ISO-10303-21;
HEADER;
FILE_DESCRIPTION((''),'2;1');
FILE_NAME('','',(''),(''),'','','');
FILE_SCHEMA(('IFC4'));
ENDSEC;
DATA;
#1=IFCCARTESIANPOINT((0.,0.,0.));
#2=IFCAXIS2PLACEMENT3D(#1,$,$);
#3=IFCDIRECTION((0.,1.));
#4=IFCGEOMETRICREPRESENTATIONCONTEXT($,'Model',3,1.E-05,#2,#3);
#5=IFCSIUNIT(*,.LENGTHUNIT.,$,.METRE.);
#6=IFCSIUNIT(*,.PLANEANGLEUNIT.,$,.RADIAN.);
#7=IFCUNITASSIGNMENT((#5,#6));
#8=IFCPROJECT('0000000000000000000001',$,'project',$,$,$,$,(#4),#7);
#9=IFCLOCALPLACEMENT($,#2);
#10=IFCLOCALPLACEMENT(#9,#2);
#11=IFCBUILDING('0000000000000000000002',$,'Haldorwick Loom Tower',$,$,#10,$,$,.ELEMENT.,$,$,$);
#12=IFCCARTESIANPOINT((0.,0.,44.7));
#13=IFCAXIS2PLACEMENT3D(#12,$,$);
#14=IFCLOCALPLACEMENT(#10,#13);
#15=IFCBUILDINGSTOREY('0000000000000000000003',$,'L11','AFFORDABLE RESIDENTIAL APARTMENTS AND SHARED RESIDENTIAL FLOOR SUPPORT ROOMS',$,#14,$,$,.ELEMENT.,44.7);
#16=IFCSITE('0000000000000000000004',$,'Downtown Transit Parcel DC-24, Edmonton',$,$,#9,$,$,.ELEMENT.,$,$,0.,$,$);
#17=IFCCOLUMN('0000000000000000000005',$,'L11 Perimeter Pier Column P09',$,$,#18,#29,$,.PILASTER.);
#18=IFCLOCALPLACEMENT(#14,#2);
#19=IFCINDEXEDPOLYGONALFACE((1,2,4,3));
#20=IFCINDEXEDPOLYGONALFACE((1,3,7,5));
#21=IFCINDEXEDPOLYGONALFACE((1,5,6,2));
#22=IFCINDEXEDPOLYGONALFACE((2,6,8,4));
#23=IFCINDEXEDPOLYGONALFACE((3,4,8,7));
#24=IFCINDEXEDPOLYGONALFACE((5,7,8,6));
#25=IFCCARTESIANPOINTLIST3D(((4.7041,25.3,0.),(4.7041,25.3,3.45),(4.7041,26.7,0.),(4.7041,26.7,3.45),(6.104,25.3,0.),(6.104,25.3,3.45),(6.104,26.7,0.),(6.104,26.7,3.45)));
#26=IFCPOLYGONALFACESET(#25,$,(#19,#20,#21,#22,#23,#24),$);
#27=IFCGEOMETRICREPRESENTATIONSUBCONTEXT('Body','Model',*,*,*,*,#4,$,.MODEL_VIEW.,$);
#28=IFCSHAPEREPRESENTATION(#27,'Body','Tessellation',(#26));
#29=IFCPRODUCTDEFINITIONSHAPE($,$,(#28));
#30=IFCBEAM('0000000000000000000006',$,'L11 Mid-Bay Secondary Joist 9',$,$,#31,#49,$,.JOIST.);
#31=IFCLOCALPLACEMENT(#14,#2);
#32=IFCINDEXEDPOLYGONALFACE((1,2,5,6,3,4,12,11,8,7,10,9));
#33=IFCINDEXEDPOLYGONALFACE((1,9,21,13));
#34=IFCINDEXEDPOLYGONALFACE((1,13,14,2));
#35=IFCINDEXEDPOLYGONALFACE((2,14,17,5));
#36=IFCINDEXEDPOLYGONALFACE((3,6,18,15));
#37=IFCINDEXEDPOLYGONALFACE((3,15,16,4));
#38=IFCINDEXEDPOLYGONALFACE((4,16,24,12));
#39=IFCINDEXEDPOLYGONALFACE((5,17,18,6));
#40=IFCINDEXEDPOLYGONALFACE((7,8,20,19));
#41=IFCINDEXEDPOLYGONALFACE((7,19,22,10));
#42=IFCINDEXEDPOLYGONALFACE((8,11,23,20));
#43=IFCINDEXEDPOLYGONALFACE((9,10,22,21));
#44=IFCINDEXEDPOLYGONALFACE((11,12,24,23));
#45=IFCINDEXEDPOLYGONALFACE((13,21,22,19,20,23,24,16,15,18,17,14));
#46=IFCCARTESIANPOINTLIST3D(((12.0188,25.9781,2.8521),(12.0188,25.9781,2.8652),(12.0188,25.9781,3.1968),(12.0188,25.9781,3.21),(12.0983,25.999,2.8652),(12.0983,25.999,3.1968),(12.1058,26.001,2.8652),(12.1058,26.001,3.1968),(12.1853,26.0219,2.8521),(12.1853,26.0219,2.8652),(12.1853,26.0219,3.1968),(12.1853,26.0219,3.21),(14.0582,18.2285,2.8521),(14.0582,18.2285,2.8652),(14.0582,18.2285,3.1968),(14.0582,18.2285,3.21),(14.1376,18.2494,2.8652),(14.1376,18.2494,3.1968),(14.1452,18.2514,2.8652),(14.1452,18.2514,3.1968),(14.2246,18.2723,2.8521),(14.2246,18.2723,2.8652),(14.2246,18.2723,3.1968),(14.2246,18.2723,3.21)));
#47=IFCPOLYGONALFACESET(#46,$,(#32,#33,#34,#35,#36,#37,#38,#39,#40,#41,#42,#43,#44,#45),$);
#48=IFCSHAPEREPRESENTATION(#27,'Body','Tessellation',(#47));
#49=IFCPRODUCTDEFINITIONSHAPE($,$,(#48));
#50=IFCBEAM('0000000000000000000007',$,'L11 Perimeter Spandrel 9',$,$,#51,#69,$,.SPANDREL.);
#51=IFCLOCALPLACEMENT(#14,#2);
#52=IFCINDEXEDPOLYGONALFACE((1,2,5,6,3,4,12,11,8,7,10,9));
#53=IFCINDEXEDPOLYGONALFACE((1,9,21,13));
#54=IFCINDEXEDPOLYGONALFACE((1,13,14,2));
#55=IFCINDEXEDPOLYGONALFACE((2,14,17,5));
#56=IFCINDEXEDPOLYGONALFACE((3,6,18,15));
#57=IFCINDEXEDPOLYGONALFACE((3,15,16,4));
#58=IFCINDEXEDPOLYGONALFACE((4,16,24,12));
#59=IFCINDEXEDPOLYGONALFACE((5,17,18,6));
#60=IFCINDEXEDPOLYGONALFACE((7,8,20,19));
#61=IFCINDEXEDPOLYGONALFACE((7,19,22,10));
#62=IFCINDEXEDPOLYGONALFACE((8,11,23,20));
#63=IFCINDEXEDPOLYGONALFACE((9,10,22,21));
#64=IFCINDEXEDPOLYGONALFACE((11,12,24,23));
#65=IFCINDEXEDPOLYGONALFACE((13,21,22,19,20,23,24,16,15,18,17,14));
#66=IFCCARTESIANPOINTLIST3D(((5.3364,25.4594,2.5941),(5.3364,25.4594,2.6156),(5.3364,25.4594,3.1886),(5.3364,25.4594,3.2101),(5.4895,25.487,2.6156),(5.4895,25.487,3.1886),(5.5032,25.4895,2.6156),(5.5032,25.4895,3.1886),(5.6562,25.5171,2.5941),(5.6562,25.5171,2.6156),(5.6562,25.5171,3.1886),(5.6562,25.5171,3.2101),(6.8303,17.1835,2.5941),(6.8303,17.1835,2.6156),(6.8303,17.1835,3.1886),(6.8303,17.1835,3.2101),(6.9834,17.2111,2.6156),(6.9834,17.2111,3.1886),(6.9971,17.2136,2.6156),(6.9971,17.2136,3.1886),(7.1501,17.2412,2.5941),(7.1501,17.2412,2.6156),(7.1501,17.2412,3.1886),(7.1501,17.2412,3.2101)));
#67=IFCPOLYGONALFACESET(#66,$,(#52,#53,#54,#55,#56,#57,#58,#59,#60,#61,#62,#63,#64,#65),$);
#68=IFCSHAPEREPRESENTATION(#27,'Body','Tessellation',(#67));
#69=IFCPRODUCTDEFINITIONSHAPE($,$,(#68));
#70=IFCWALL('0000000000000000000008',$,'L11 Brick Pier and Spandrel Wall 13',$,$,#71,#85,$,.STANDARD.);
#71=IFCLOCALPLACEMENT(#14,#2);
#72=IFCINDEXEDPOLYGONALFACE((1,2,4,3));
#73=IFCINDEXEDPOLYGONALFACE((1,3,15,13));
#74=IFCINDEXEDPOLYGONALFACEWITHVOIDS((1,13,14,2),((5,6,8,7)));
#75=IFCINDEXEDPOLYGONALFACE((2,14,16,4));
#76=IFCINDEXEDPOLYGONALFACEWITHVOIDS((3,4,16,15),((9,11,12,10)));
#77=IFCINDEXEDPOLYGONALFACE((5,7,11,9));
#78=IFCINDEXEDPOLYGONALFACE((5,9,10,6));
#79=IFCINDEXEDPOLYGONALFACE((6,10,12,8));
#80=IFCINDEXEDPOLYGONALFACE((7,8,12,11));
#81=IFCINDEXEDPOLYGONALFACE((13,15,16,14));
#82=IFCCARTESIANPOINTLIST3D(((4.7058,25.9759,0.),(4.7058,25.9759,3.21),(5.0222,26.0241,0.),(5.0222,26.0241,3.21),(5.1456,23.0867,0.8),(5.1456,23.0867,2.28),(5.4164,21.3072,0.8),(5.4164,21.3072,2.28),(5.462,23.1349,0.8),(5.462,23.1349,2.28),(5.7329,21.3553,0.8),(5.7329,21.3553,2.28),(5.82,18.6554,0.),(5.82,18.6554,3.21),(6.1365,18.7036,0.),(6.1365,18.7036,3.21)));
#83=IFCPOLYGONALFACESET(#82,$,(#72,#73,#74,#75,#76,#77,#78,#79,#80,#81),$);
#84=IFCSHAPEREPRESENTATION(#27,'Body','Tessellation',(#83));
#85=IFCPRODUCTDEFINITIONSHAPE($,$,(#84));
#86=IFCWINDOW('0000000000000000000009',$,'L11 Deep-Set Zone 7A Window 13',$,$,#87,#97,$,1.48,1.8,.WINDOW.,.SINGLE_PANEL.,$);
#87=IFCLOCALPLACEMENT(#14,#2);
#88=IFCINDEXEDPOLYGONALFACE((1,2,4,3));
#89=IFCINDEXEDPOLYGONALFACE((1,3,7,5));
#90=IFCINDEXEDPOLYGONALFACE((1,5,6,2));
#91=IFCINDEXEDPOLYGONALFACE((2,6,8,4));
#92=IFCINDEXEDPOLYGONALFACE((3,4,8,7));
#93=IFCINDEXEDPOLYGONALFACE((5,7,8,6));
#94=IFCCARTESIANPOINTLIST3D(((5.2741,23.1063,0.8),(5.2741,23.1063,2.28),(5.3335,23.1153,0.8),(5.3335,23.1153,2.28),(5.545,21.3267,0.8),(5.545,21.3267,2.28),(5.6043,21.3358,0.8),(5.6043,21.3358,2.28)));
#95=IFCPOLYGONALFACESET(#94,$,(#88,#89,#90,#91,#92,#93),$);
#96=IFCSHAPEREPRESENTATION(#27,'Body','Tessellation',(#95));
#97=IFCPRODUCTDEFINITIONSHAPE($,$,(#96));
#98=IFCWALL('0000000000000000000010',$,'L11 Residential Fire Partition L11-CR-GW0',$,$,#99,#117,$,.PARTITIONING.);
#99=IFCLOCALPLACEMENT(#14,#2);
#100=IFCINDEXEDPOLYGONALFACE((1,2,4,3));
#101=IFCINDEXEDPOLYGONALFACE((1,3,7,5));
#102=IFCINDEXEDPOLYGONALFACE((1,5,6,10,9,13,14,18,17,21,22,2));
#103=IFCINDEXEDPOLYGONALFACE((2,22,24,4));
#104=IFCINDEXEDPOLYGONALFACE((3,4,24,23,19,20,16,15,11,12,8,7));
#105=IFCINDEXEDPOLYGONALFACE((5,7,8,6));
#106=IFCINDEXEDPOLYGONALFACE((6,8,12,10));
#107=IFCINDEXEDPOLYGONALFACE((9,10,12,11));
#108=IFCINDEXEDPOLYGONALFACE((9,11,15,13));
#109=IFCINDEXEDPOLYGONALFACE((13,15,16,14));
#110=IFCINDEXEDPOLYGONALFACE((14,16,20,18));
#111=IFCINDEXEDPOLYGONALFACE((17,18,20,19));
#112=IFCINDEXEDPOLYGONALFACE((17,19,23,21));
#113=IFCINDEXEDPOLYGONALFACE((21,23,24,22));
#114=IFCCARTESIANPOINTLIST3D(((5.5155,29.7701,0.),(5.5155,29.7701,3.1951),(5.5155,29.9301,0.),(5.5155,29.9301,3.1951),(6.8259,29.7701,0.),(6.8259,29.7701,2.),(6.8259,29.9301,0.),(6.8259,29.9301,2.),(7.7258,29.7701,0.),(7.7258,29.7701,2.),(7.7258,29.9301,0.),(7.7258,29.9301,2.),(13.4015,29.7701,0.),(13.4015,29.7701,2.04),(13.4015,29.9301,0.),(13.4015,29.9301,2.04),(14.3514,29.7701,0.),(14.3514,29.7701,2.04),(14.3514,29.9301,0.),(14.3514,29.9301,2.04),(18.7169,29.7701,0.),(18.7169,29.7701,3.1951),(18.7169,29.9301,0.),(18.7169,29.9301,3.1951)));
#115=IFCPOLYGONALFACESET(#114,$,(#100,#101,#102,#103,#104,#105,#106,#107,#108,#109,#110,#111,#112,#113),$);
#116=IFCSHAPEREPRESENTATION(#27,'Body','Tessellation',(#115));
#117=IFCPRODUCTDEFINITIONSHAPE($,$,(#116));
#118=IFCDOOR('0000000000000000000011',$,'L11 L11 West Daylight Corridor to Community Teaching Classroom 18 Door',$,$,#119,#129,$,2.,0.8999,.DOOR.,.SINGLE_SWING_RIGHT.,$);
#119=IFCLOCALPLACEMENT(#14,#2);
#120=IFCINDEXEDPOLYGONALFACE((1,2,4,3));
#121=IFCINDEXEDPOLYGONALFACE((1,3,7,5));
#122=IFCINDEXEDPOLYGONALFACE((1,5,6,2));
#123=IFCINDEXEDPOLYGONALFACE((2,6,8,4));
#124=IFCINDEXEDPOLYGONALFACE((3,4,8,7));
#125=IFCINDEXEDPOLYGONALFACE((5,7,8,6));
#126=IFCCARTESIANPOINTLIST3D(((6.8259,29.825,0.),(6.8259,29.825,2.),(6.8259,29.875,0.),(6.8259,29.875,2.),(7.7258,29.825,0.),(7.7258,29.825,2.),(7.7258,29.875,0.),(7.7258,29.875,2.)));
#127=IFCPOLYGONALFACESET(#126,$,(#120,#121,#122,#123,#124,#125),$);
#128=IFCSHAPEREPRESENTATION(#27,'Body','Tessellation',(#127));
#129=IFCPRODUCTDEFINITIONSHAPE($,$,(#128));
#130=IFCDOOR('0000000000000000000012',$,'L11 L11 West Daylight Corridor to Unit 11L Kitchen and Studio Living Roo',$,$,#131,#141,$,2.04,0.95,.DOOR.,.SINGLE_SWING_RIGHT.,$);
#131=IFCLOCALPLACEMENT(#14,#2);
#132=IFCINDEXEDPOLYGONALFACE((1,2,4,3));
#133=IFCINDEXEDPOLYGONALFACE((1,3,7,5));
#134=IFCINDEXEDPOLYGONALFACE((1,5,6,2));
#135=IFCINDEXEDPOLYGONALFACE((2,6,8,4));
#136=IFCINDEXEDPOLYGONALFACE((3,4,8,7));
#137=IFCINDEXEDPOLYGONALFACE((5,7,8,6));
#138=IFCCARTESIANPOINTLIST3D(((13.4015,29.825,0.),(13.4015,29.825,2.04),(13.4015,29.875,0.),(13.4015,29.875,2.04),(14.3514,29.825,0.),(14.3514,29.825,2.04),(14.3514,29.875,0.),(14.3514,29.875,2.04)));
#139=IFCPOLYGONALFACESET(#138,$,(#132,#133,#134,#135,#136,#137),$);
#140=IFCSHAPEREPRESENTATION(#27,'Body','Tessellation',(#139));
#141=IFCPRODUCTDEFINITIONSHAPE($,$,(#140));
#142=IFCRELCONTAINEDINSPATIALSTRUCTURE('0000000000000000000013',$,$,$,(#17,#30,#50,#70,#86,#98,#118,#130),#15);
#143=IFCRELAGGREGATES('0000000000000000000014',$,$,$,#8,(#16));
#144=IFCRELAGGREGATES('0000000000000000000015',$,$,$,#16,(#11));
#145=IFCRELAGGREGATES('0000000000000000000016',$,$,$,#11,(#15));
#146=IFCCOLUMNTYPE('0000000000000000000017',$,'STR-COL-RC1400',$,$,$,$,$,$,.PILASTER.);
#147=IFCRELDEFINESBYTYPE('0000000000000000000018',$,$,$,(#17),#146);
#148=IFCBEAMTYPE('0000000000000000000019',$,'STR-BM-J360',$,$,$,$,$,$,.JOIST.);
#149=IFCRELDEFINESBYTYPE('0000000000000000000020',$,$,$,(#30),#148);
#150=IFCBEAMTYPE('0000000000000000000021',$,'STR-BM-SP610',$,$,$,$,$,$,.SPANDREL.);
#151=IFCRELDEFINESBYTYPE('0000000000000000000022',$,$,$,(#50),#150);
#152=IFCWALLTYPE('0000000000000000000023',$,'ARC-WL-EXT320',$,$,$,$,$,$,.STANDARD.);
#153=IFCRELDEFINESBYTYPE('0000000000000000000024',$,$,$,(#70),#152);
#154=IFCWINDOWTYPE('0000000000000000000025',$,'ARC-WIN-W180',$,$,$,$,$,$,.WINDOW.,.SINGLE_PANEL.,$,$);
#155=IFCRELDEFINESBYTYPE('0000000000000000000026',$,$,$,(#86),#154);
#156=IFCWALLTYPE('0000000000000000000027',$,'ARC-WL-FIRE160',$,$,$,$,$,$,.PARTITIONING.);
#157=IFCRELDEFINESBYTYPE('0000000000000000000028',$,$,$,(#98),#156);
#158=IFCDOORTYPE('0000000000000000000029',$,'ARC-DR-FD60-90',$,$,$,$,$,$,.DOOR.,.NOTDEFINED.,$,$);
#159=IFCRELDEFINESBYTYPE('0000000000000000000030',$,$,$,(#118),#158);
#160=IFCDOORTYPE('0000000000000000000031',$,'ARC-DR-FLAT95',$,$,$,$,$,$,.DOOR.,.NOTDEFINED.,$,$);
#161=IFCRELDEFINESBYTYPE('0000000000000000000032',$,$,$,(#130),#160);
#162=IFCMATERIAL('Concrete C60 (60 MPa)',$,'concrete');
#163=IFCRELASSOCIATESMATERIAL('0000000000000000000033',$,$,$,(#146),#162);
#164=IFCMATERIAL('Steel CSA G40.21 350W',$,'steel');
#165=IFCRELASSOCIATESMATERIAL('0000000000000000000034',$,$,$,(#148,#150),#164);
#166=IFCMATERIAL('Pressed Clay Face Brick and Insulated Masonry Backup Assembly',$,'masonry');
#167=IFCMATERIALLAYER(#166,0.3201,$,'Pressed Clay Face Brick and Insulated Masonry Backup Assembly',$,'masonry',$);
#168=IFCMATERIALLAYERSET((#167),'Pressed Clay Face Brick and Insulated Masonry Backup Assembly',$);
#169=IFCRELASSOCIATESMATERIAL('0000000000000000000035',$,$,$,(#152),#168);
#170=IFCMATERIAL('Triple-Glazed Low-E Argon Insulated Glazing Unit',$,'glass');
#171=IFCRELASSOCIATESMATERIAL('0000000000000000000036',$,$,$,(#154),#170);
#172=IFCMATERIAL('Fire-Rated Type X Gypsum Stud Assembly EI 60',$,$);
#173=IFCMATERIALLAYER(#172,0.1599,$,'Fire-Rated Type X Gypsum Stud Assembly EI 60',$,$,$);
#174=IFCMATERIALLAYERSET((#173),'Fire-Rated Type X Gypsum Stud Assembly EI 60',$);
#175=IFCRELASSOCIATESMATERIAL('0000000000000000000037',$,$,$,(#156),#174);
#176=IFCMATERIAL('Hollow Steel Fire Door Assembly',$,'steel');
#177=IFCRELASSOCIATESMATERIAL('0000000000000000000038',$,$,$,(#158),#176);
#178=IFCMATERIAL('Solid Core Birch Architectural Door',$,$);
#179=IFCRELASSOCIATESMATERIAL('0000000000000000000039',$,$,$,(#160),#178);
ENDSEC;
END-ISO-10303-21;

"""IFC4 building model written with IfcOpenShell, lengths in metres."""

from ifc_helpers import new_model, si_unit, direction, frame, frame_2d, origin, origin_2d, place, context, subcontext, project, spatial, rectangle, i_section, extrude, material, layer, layer_set, material_profile, profile_set, type_object, element, fill, save


model = new_model("IFC4")

# Units and contexts
model_context = context("Model", 3, precision=1e-05, world=origin(), true_north=direction((0.0, 1.0)))
body_context = subcontext(model_context, "Body", "Model", "MODEL_VIEW")
ifc_project = project(units=[si_unit("LENGTHUNIT", "METRE"), si_unit("PLANEANGLEUNIT", "RADIAN")], contexts=[model_context])

# Site, building, storey
site_placement = place(None, origin())
site = spatial("IfcSite", under=ifc_project, at=site_placement, Name="Downtown Transit Parcel DC-24, Edmonton", CompositionType="ELEMENT", RefElevation=0.0)
building_placement = place(site_placement, origin())
building = spatial("IfcBuilding", under=site, at=building_placement, Name="Haldorwick Loom Tower", CompositionType="ELEMENT")
storey_placement = place(building_placement, frame((0.0, 0.0, 44.7)))
storey = spatial("IfcBuildingStorey", under=building, at=storey_placement, Name="L11", Description="AFFORDABLE RESIDENTIAL APARTMENTS AND SHARED RESIDENTIAL FLOOR SUPPORT ROOMS", CompositionType="ELEMENT", Elevation=44.7)

# Column
ifc_material_1 = material(Name="Concrete C60 (60 MPa)", Category="concrete")
ifc_material_profile_1 = material_profile(ifc_material_1, rectangle(XDim=1.3999, YDim=1.3999, at=origin_2d()), Name="RC1400X1400", Category="concrete")
ifc_profile_set_1 = profile_set([ifc_material_profile_1], Name="Concrete C60 (60 MPa)")
column_type = type_object("IfcColumnType", Name="STR-COL-RC1400", PredefinedType="PILASTER", material=ifc_profile_set_1)
column_placement = place(storey_placement, frame((5.4041, 26.0, 0.0), z_axis=(0.0, 0.0, 1.0), x_axis=(-1.0, 0.0, 0.0)))
element("IfcColumn", 1, at=column_placement, inside=storey, type_object=column_type, Name="L11 Perimeter Pier Column P09", PredefinedType="PILASTER", context=body_context, shape_type="SweptSolid", body=[
    extrude(rectangle(XDim=1.3999, YDim=1.3999, at=origin_2d()), origin(), (0.0, 0.0, 1.0), 3.45),
])

# Beams
ifc_material_2 = material(Name="Steel CSA G40.21 350W", Category="steel")
ifc_material_profile_2 = material_profile(ifc_material_2, i_section(OverallWidth=0.1721, OverallDepth=0.3579, WebThickness=0.0078, FlangeThickness=0.0132, at=origin_2d()), Name="W360X57", Category="steel")
ifc_profile_set_2 = profile_set([ifc_material_profile_2], Name="Steel CSA G40.21 350W")
beam_type_1 = type_object("IfcBeamType", Name="STR-BM-J360", PredefinedType="JOIST", material=ifc_profile_set_2)
beam_1_placement = place(storey_placement, frame((12.1021, 26.0, 3.031), z_axis=(0.254489, -0.967076, 0.0), x_axis=(0.967076, 0.254489, 0.0)))
element("IfcBeam", 2, at=beam_1_placement, inside=storey, type_object=beam_type_1, Name="L11 Mid-Bay Secondary Joist 9", PredefinedType="JOIST", context=body_context, shape_type="SweptSolid", body=[
    extrude(i_section(OverallWidth=0.1721, OverallDepth=0.3579, WebThickness=0.0078, FlangeThickness=0.0132, at=origin_2d()), origin(), (0.0, 0.0, 1.0), 8.0134),
])
ifc_material_profile_3 = material_profile(ifc_material_2, i_section(OverallWidth=0.325, OverallDepth=0.616, WebThickness=0.0139, FlangeThickness=0.0215, at=origin_2d()), Name="W610X174", Category="steel")
ifc_profile_set_3 = profile_set([ifc_material_profile_3], Name="Steel CSA G40.21 350W")
beam_type_2 = type_object("IfcBeamType", Name="STR-BM-SP610", PredefinedType="SPANDREL", material=ifc_profile_set_3)
beam_2_placement = place(storey_placement, frame((5.4963, 25.4883, 2.9021), z_axis=(0.177641, -0.984095, 0.0), x_axis=(0.984095, 0.177641, 0.0)))
element("IfcBeam", 3, at=beam_2_placement, inside=storey, type_object=beam_type_2, Name="L11 Perimeter Spandrel 9", PredefinedType="SPANDREL", context=body_context, shape_type="SweptSolid", body=[
    extrude(i_section(OverallWidth=0.325, OverallDepth=0.616, WebThickness=0.0139, FlangeThickness=0.0215, at=origin_2d()), origin(), (0.0, 0.0, 1.0), 8.4097),
])

# Wall, opening, window
ifc_material_3 = material(Name="Pressed Clay Face Brick and Insulated Masonry Backup Assembly", Category="masonry")
ifc_layer_1 = layer(ifc_material_3, 0.3201, Name="Pressed Clay Face Brick and Insulated Masonry Backup Assembly", Category="masonry")
ifc_layer_set_1 = layer_set([ifc_layer_1], Name="Pressed Clay Face Brick and Insulated Masonry Backup Assembly")
wall_type_1 = type_object("IfcWallType", Name="ARC-WL-EXT320", PredefinedType="STANDARD", material=ifc_layer_set_1)
wall_1_placement = place(storey_placement, frame((4.864, 26.0, 0.0), z_axis=(0.0, 0.0, 1.0), x_axis=(0.150476, -0.988614, 0.0)))
wall_1 = element("IfcWall", 4, at=wall_1_placement, inside=storey, type_object=wall_type_1, Name="L11 Brick Pier and Spandrel Wall 13", PredefinedType="STANDARD", context=body_context, shape_type="SweptSolid", body=[
    extrude(rectangle(XDim=7.4048, YDim=0.3201, at=frame_2d((3.7024, 0.0))), origin(), (0.0, 0.0, 1.0), 3.21),
])
opening_1_placement = place(wall_1_placement, frame((2.9226, 0.0, 0.8)))
opening_1 = element("IfcOpeningElement", 5, at=opening_1_placement, cuts=wall_1, PredefinedType="OPENING", context=body_context, shape_type="SweptSolid", body=[
    extrude(rectangle(XDim=1.8, YDim=1.48, at=frame_2d((0.8999, 0.74))), frame((0.0, 0.1699, 0.0), z_axis=(0.0, -1.0, 0.0), x_axis=(1.0, 0.0, 0.0)), (0.0, 0.0, 1.0), 0.3401),
])
ifc_material_4 = material(Name="Triple-Glazed Low-E Argon Insulated Glazing Unit", Category="glass")
window_type = type_object("IfcWindowType", Name="ARC-WIN-W180", PartitioningType="SINGLE_PANEL", PredefinedType="WINDOW", material=ifc_material_4)
window_placement = place(opening_1_placement, origin())
window = element("IfcWindow", 6, at=window_placement, inside=storey, type_object=window_type, Name="L11 Deep-Set Zone 7A Window 13", OverallHeight=1.48, OverallWidth=1.8, PartitioningType="SINGLE_PANEL", PredefinedType="WINDOW", context=body_context, shape_type="SweptSolid", body=[
    extrude(rectangle(XDim=1.8, YDim=1.48, at=frame_2d((0.8999, 0.74))), frame((0.0, 0.03, 0.0), z_axis=(0.0, -1.0, 0.0), x_axis=(1.0, 0.0, 0.0)), (0.0, 0.0, 1.0), 0.0601),
])
fill(opening_1, window)

# Wall, openings, doors
ifc_material_5 = material(Name="Fire-Rated Type X Gypsum Stud Assembly EI 60")
ifc_layer_2 = layer(ifc_material_5, 0.1599, Name="Fire-Rated Type X Gypsum Stud Assembly EI 60")
ifc_layer_set_2 = layer_set([ifc_layer_2], Name="Fire-Rated Type X Gypsum Stud Assembly EI 60")
wall_type_2 = type_object("IfcWallType", Name="ARC-WL-FIRE160", PredefinedType="PARTITIONING", material=ifc_layer_set_2)
wall_2_placement = place(storey_placement, frame((5.5156, 29.8501, 0.0), z_axis=(0.0, 0.0, 1.0), x_axis=(1.0, 0.0, 0.0)))
wall_2 = element("IfcWall", 7, at=wall_2_placement, inside=storey, type_object=wall_type_2, Name="L11 Residential Fire Partition L11-CR-GW0", PredefinedType="PARTITIONING", context=body_context, shape_type="SweptSolid", body=[
    extrude(rectangle(XDim=13.2014, YDim=0.1599, at=frame_2d((6.6006, 0.0))), origin(), (0.0, 0.0, 1.0), 3.1951),
])
opening_2_placement = place(wall_2_placement, frame((7.8857, 0.0, 0.0)))
opening_2 = element("IfcOpeningElement", 8, at=opening_2_placement, cuts=wall_2, PredefinedType="OPENING", context=body_context, shape_type="SweptSolid", body=[
    extrude(rectangle(XDim=0.95, YDim=2.04, at=frame_2d((0.4751, 1.02))), frame((0.0, 0.0898, 0.0), z_axis=(0.0, -1.0, 0.0), x_axis=(1.0, 0.0, 0.0)), (0.0, 0.0, 1.0), 0.1799),
])
opening_3_placement = place(wall_2_placement, frame((1.3103, 0.0, 0.0)))
opening_3 = element("IfcOpeningElement", 9, at=opening_3_placement, cuts=wall_2, PredefinedType="OPENING", context=body_context, shape_type="SweptSolid", body=[
    extrude(rectangle(XDim=0.8999, YDim=2.0, at=frame_2d((0.45, 1.0))), frame((0.0, 0.0898, 0.0), z_axis=(0.0, -1.0, 0.0), x_axis=(1.0, 0.0, 0.0)), (0.0, 0.0, 1.0), 0.1799),
])
ifc_material_6 = material(Name="Hollow Steel Fire Door Assembly", Category="steel")
door_type_1 = type_object("IfcDoorType", Name="ARC-DR-FD60-90", OperationType="NOTDEFINED", PredefinedType="DOOR", material=ifc_material_6)
door_1_placement = place(opening_3_placement, origin())
door_1 = element("IfcDoor", 10, at=door_1_placement, inside=storey, type_object=door_type_1, Name="L11 L11 West Daylight Corridor to Community Teaching Classroom 18 Door", OperationType="SINGLE_SWING_RIGHT", OverallHeight=2.0, OverallWidth=0.8999, PredefinedType="DOOR", context=body_context, shape_type="SweptSolid", body=[
    extrude(rectangle(XDim=0.8999, YDim=2.0, at=frame_2d((0.45, 1.0))), frame((0.0, 0.0249, 0.0), z_axis=(0.0, -1.0, 0.0), x_axis=(1.0, 0.0, 0.0)), (0.0, 0.0, 1.0), 0.05),
])
fill(opening_3, door_1)
ifc_material_7 = material(Name="Solid Core Birch Architectural Door")
door_type_2 = type_object("IfcDoorType", Name="ARC-DR-FLAT95", OperationType="NOTDEFINED", PredefinedType="DOOR", material=ifc_material_7)
door_2_placement = place(opening_2_placement, origin())
door_2 = element("IfcDoor", 11, at=door_2_placement, inside=storey, type_object=door_type_2, Name="L11 L11 West Daylight Corridor to Unit 11L Kitchen and Studio Living Roo", OperationType="SINGLE_SWING_RIGHT", OverallHeight=2.04, OverallWidth=0.95, PredefinedType="DOOR", context=body_context, shape_type="SweptSolid", body=[
    extrude(rectangle(XDim=0.95, YDim=2.04, at=frame_2d((0.4751, 1.02))), frame((0.0, 0.0249, 0.0), z_axis=(0.0, -1.0, 0.0), x_axis=(1.0, 0.0, 0.0)), (0.0, 0.0, 1.0), 0.05),
])
fill(opening_2, door_2)

save(model, "model.ifc")
